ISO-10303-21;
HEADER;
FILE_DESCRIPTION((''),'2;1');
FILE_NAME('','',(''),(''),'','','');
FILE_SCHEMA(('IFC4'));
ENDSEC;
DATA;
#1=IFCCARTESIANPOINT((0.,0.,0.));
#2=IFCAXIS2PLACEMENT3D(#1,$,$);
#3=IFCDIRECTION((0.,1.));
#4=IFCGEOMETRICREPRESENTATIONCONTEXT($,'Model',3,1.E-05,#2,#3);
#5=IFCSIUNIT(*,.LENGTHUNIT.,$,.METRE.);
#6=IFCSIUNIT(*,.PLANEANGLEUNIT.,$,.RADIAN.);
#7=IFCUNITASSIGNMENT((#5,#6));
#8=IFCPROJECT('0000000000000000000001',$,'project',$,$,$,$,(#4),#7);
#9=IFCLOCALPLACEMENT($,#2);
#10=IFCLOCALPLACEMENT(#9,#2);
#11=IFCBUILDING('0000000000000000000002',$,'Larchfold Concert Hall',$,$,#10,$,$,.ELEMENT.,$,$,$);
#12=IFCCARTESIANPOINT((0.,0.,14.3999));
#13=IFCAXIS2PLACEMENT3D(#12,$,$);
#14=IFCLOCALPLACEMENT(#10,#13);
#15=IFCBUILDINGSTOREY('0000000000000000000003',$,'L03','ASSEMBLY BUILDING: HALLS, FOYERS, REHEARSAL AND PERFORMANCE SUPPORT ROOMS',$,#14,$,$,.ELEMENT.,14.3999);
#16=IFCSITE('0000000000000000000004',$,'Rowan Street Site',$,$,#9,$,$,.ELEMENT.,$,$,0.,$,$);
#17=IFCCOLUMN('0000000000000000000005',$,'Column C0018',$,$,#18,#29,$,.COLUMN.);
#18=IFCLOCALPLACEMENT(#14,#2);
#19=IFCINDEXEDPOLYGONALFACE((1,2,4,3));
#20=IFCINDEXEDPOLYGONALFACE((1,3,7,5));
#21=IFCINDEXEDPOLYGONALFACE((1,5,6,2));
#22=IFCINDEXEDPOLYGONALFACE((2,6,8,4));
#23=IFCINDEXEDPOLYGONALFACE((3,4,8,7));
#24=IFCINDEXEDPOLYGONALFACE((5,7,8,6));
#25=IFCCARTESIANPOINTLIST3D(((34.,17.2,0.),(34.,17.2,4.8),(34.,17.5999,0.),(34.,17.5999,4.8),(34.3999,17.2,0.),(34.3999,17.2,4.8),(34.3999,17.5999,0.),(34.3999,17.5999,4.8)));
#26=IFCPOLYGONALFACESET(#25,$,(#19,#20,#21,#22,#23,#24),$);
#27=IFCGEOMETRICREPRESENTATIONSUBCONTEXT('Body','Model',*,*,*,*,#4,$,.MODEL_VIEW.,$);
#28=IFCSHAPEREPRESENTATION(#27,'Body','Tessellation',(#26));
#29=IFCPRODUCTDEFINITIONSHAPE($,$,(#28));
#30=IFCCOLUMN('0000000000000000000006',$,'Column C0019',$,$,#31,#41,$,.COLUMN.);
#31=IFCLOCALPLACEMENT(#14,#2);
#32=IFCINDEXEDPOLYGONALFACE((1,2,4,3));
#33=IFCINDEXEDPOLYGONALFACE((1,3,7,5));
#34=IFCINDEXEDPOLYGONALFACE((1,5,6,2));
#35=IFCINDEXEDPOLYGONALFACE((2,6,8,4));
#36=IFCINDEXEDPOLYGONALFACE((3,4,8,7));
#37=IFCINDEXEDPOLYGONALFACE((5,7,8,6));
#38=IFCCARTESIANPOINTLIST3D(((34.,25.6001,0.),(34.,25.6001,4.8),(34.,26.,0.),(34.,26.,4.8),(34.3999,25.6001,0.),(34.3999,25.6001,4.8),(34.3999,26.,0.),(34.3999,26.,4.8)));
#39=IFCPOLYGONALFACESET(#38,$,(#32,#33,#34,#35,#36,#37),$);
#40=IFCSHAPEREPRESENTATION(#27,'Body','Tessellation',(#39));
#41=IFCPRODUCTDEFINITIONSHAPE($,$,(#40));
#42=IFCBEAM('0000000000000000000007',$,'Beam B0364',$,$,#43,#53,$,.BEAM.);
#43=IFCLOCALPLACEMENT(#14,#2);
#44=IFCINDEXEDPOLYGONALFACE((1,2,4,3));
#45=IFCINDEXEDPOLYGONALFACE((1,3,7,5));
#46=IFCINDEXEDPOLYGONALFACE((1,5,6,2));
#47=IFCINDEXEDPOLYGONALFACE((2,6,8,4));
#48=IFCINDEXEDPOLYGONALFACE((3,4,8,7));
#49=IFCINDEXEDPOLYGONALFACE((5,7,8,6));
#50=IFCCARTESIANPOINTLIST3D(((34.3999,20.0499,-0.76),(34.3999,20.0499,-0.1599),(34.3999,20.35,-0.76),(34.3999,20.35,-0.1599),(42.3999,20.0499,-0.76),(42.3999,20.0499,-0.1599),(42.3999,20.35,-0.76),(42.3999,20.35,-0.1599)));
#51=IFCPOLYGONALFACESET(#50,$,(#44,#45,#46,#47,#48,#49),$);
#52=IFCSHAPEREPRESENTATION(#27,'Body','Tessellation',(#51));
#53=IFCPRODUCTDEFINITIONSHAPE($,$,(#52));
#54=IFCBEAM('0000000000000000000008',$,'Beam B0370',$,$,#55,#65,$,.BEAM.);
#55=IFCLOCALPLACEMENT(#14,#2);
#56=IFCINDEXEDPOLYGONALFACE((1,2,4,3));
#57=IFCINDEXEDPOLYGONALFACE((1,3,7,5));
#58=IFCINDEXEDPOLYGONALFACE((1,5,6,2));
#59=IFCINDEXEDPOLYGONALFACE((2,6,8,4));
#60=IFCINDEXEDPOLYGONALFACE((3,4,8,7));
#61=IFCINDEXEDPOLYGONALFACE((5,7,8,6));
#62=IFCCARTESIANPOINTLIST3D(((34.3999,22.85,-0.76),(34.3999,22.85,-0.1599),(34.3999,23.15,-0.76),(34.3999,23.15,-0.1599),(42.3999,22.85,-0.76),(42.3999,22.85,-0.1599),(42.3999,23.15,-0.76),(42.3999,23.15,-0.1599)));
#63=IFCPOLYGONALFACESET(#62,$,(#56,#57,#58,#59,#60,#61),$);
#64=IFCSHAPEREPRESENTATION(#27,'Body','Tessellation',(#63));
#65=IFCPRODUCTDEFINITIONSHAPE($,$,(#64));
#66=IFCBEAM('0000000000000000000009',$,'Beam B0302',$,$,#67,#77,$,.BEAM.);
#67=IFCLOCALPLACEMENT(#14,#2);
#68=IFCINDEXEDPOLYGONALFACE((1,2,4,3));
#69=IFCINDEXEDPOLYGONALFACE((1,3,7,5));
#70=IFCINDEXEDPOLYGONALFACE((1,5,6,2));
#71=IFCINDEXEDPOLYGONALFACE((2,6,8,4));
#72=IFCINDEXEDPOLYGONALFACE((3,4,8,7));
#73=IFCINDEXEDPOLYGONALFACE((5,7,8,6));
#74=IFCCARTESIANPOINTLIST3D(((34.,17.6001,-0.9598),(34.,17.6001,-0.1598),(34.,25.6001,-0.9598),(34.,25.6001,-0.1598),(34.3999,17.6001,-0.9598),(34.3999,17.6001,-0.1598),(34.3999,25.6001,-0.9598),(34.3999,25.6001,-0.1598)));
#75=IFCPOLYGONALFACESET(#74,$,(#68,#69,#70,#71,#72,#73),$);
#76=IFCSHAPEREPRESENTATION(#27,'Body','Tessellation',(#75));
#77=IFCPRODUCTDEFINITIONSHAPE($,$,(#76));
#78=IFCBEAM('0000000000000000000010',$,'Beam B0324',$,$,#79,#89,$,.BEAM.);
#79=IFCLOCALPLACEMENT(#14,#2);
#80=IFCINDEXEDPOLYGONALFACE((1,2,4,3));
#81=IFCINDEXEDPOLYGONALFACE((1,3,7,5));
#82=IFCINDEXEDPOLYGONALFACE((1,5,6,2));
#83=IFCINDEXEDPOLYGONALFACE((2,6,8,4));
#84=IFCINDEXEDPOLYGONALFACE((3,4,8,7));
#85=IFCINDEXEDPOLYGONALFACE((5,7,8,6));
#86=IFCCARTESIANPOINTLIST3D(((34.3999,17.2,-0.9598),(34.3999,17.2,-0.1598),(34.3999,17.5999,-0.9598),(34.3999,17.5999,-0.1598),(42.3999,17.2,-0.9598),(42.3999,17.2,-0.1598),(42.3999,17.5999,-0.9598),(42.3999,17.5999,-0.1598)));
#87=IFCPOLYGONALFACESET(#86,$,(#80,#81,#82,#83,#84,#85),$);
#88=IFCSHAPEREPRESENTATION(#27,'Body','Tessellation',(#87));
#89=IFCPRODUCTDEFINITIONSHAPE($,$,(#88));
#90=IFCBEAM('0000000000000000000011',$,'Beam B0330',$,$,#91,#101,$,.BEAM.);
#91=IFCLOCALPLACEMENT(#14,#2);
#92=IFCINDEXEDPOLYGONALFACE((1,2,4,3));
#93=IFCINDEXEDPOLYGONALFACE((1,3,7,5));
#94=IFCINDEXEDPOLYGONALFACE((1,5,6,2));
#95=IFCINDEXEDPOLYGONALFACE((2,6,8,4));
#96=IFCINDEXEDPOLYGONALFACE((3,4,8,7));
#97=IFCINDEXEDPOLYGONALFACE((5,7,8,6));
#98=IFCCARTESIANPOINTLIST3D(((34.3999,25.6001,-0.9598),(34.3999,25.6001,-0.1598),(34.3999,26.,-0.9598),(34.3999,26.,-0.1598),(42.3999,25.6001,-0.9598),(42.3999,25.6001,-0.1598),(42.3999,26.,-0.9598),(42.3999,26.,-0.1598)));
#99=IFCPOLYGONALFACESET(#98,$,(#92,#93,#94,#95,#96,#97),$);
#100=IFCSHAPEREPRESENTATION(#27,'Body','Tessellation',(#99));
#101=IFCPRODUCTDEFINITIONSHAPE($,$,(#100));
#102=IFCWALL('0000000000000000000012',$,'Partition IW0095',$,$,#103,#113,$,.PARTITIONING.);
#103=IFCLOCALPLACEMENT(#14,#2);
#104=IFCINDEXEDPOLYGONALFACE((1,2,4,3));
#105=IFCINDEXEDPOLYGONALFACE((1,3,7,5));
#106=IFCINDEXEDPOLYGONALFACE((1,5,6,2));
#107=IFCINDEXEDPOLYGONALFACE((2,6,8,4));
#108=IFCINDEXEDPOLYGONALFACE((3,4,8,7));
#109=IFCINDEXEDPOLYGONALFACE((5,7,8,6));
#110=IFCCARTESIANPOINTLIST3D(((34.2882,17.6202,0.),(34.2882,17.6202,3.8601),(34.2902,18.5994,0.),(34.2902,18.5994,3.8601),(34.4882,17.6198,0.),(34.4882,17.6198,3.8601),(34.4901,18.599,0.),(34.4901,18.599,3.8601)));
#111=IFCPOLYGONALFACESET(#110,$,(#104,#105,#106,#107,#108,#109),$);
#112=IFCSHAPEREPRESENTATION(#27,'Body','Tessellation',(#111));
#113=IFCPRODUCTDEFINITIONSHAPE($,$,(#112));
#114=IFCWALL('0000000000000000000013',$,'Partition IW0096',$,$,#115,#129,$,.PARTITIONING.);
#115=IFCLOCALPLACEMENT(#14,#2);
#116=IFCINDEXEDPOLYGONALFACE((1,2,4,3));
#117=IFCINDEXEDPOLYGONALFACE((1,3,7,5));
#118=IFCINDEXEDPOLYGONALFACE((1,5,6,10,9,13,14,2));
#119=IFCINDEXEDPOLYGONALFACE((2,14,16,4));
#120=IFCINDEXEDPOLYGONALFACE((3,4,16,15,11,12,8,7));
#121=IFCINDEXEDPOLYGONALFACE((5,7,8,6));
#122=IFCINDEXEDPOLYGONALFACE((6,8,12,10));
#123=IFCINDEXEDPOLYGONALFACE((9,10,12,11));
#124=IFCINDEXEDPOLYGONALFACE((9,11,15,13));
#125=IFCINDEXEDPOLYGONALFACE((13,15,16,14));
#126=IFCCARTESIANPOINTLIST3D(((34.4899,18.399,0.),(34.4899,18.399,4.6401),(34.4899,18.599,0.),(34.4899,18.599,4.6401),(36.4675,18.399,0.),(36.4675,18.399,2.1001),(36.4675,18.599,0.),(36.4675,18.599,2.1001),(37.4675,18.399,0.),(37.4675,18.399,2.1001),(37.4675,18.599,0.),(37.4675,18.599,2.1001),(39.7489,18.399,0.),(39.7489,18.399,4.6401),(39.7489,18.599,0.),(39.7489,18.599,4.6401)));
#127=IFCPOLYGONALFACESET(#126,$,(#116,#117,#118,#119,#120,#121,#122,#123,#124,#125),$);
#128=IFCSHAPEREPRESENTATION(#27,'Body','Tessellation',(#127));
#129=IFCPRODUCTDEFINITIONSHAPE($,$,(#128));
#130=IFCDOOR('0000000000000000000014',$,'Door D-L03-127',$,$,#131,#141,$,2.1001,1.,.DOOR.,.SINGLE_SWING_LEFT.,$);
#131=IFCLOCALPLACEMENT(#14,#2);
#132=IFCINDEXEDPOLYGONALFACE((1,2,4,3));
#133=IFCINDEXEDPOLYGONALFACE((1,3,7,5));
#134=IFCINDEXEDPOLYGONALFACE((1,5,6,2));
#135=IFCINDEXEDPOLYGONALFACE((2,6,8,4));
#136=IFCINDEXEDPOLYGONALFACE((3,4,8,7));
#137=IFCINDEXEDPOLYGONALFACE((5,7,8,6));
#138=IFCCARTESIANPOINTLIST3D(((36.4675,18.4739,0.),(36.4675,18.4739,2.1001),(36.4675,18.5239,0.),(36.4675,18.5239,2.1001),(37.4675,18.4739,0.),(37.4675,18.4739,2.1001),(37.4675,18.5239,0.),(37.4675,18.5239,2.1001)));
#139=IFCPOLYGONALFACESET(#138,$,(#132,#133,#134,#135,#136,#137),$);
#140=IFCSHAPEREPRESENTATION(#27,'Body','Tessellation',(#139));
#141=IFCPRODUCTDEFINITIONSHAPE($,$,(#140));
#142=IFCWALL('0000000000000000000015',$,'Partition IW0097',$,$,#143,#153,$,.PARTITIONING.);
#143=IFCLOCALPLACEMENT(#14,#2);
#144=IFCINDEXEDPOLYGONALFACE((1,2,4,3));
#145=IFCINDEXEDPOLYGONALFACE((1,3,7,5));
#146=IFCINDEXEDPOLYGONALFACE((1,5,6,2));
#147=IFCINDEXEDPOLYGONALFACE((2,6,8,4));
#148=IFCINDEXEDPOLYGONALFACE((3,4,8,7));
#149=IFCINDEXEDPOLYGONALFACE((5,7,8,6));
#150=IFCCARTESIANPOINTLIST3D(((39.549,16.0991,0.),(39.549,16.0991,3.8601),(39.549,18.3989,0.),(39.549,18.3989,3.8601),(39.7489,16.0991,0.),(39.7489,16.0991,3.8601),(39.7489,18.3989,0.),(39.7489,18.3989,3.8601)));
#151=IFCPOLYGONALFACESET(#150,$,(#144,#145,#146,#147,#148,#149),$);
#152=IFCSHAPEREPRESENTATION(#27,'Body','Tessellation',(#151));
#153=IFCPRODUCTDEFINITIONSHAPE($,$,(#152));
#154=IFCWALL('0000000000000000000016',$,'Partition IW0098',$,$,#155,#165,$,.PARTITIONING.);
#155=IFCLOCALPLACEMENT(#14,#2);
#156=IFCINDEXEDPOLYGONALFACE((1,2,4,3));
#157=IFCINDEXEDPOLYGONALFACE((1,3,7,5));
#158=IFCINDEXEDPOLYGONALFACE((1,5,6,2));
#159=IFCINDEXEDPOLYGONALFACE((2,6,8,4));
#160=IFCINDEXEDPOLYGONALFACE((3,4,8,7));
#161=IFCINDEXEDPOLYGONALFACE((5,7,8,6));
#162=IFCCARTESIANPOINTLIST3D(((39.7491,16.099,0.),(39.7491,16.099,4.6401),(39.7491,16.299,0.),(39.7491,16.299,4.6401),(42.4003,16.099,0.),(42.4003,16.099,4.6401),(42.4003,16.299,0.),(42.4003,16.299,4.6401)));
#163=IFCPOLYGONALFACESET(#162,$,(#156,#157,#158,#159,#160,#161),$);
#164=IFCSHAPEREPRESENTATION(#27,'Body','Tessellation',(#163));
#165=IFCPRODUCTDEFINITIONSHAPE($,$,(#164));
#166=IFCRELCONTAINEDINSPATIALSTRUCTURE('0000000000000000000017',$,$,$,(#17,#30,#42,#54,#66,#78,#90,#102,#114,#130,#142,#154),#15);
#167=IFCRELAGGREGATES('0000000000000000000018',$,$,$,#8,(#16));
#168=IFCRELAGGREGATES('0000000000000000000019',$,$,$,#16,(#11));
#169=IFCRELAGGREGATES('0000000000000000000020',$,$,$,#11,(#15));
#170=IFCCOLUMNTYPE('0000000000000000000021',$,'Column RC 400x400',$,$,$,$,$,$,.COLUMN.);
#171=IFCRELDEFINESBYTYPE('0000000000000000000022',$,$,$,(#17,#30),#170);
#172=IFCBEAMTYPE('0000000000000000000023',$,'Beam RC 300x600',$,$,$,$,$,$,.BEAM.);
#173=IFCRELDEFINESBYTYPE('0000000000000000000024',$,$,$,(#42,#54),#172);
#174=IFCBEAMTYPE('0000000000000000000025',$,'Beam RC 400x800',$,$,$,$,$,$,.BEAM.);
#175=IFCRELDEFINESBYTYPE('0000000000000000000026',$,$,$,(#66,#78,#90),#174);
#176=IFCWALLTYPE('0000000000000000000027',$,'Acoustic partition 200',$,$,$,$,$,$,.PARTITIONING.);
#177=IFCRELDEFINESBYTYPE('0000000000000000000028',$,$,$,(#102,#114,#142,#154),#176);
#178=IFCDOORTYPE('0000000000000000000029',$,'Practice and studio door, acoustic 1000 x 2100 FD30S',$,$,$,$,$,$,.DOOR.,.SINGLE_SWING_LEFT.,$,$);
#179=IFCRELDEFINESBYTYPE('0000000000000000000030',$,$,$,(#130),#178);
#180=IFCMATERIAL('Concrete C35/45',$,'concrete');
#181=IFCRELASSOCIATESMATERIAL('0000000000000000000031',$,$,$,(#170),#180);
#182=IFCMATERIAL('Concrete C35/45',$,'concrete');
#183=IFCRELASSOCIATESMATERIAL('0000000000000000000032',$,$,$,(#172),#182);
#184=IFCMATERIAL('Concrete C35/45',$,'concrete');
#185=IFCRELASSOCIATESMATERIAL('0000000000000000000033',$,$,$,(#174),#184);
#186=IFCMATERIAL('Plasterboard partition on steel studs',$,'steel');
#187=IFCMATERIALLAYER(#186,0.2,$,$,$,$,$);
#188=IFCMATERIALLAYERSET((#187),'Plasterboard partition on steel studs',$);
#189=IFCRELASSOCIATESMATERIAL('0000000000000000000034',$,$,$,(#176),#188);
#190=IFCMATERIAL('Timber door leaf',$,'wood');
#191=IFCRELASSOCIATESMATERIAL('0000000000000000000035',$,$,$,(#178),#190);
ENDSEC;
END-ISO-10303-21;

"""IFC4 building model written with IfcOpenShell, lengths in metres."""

from ifc_helpers import new_model, si_unit, direction, frame, frame_2d, origin, origin_2d, place, context, subcontext, project, spatial, rectangle, extrude, material, layer, layer_set, material_profile, profile_set, type_object, element, fill, save


model = new_model("IFC4")

# Units and contexts
model_context = context("Model", 3, precision=1e-05, world=origin(), true_north=direction((0.0, 1.0)))
body_context = subcontext(model_context, "Body", "Model", "MODEL_VIEW")
ifc_project = project(units=[si_unit("LENGTHUNIT", "METRE"), si_unit("PLANEANGLEUNIT", "RADIAN")], contexts=[model_context])

# Site, building, storey
site_placement = place(None, origin())
site = spatial("IfcSite", under=ifc_project, at=site_placement, Name="Rowan Street Site", CompositionType="ELEMENT", RefElevation=0.0)
building_placement = place(site_placement, origin())
building = spatial("IfcBuilding", under=site, at=building_placement, Name="Larchfold Concert Hall", CompositionType="ELEMENT")
storey_placement = place(building_placement, frame((0.0, 0.0, 14.3999)))
storey = spatial("IfcBuildingStorey", under=building, at=storey_placement, Name="L03", Description="ASSEMBLY BUILDING: HALLS, FOYERS, REHEARSAL AND PERFORMANCE SUPPORT ROOMS", CompositionType="ELEMENT", Elevation=14.3999)

# Columns
ifc_material_1 = material(Name="Concrete C35/45", Category="concrete")
ifc_material_profile_1 = material_profile(ifc_material_1, rectangle(XDim=0.3999, YDim=0.3999, at=origin_2d()))
ifc_profile_set_1 = profile_set([ifc_material_profile_1], Name="Concrete C35/45")
column_type = type_object("IfcColumnType", Name="Column RC 400x400", PredefinedType="COLUMN", material=ifc_profile_set_1)
for number, where, z_axis, x_axis, name in (
    (1, (34.2, 17.3999, 0.0), (0.0, 0.0, 1.0), (1.0, 0.0, 0.0), "Column C0018"),
    (2, (34.2, 25.8, 0.0), (0.0, 0.0, 1.0), (1.0, 0.0, 0.0), "Column C0019"),
):
    element("IfcColumn", number, at=place(storey_placement, frame(where, z_axis=z_axis, x_axis=x_axis)), inside=storey, type_object=column_type, Name=name, PredefinedType="COLUMN", context=body_context, shape_type="SweptSolid", body=[
        extrude(rectangle(XDim=0.3999, YDim=0.3999, at=origin_2d()), origin(), (0.0, 0.0, 1.0), 4.8),
    ])

# Beams
ifc_material_2 = material(Name="Concrete C35/45", Category="concrete")
ifc_material_profile_2 = material_profile(ifc_material_2, rectangle(XDim=0.3, YDim=0.6001, at=origin_2d()))
ifc_profile_set_2 = profile_set([ifc_material_profile_2], Name="Concrete C35/45")
beam_type_1 = type_object("IfcBeamType", Name="Beam RC 300x600", PredefinedType="BEAM", material=ifc_profile_set_2)
for number, where, z_axis, x_axis, name in (
    (3, (34.3999, 20.2, -0.46), (1.0, 0.0, 0.0), (0.0, 1.0, 0.0), "Beam B0364"),
    (4, (34.3999, 23.0, -0.46), (1.0, 0.0, 0.0), (0.0, 1.0, 0.0), "Beam B0370"),
):
    element("IfcBeam", number, at=place(storey_placement, frame(where, z_axis=z_axis, x_axis=x_axis)), inside=storey, type_object=beam_type_1, Name=name, PredefinedType="BEAM", context=body_context, shape_type="SweptSolid", body=[
        extrude(rectangle(XDim=0.3, YDim=0.6001, at=origin_2d()), origin(), (0.0, 0.0, 1.0), 8.0),
    ])
ifc_material_3 = material(Name="Concrete C35/45", Category="concrete")
ifc_material_profile_3 = material_profile(ifc_material_3, rectangle(XDim=0.3999, YDim=0.8, at=origin_2d()))
ifc_profile_set_3 = profile_set([ifc_material_profile_3], Name="Concrete C35/45")
beam_type_2 = type_object("IfcBeamType", Name="Beam RC 400x800", PredefinedType="BEAM", material=ifc_profile_set_3)
for number, where, z_axis, x_axis, name in (
    (5, (34.2, 17.6001, -0.5598), (0.0, 1.0, 0.0), (-1.0, 0.0, 0.0), "Beam B0302"),
    (6, (34.3999, 17.3999, -0.5598), (1.0, 0.0, 0.0), (0.0, 1.0, 0.0), "Beam B0324"),
    (7, (34.3999, 25.8, -0.5598), (1.0, 0.0, 0.0), (0.0, 1.0, 0.0), "Beam B0330"),
):
    element("IfcBeam", number, at=place(storey_placement, frame(where, z_axis=z_axis, x_axis=x_axis)), inside=storey, type_object=beam_type_2, Name=name, PredefinedType="BEAM", context=body_context, shape_type="SweptSolid", body=[
        extrude(rectangle(XDim=0.3999, YDim=0.8, at=origin_2d()), origin(), (0.0, 0.0, 1.0), 8.0),
    ])

# Wall
ifc_material_4 = material(Name="Plasterboard partition on steel studs", Category="steel")
ifc_layer_1 = layer(ifc_material_4, 0.2)
ifc_layer_set_1 = layer_set([ifc_layer_1], Name="Plasterboard partition on steel studs")
wall_type_1 = type_object("IfcWallType", Name="Acoustic partition 200", PredefinedType="PARTITIONING", material=ifc_layer_set_1)
wall_1_placement = place(storey_placement, frame((34.3882, 17.6199, 0.0), z_axis=(0.0, 0.0, 1.0), x_axis=(0.001995, 0.999998, 0.0)))
element("IfcWall", 8, at=wall_1_placement, inside=storey, type_object=wall_type_1, Name="Partition IW0095", PredefinedType="PARTITIONING", context=body_context, shape_type="SweptSolid", body=[
    extrude(rectangle(XDim=0.9792, YDim=0.2, at=frame_2d((0.4897, 0.0))), origin(), (0.0, 0.0, 1.0), 3.8601),
])

# Wall, opening, door
wall_2_placement = place(storey_placement, frame((34.49, 18.499, 0.0), z_axis=(0.0, 0.0, 1.0), x_axis=(1.0, 0.0, 0.0)))
wall_2 = element("IfcWall", 9, at=wall_2_placement, inside=storey, type_object=wall_type_1, Name="Partition IW0096", PredefinedType="PARTITIONING", context=body_context, shape_type="SweptSolid", body=[
    extrude(rectangle(XDim=5.259, YDim=0.2, at=frame_2d((2.6294, 0.0))), origin(), (0.0, 0.0, 1.0), 4.6401),
])
opening_1_placement = place(wall_2_placement, frame((1.9775, 0.0, 0.0)))
opening_1 = element("IfcOpeningElement", 10, at=opening_1_placement, cuts=wall_2, PredefinedType="OPENING", context=body_context, shape_type="SweptSolid", body=[
    extrude(rectangle(XDim=1.0, YDim=2.1001, at=frame_2d((0.5, 1.05))), frame((0.0, 0.1099, 0.0), z_axis=(0.0, -1.0, 0.0), x_axis=(1.0, 0.0, 0.0)), (0.0, 0.0, 1.0), 0.22),
])
ifc_material_5 = material(Name="Timber door leaf", Category="wood")
door_type = type_object("IfcDoorType", Name="Practice and studio door, acoustic 1000 x 2100 FD30S", OperationType="SINGLE_SWING_LEFT", PredefinedType="DOOR", material=ifc_material_5)
door_placement = place(opening_1_placement, origin())
door = element("IfcDoor", 11, at=door_placement, inside=storey, type_object=door_type, Name="Door D-L03-127", OperationType="SINGLE_SWING_LEFT", OverallHeight=2.1001, OverallWidth=1.0, PredefinedType="DOOR", context=body_context, shape_type="SweptSolid", body=[
    extrude(rectangle(XDim=1.0, YDim=2.1001, at=frame_2d((0.5, 1.05))), frame((0.0, 0.0249, 0.0), z_axis=(0.0, -1.0, 0.0), x_axis=(1.0, 0.0, 0.0)), (0.0, 0.0, 1.0), 0.05),
])
fill(opening_1, door)

# Walls
wall_3_placement = place(storey_placement, frame((39.6489, 18.3989, 0.0), z_axis=(0.0, 0.0, 1.0), x_axis=(0.0, -1.0, 0.0)))
element("IfcWall", 12, at=wall_3_placement, inside=storey, type_object=wall_type_1, Name="Partition IW0097", PredefinedType="PARTITIONING", context=body_context, shape_type="SweptSolid", body=[
    extrude(rectangle(XDim=2.2998, YDim=0.2, at=frame_2d((1.1499, 0.0))), origin(), (0.0, 0.0, 1.0), 3.8601),
])
wall_4_placement = place(storey_placement, frame((39.749, 16.199, 0.0), z_axis=(0.0, 0.0, 1.0), x_axis=(1.0, 0.0, 0.0)))
element("IfcWall", 13, at=wall_4_placement, inside=storey, type_object=wall_type_1, Name="Partition IW0098", PredefinedType="PARTITIONING", context=body_context, shape_type="SweptSolid", body=[
    extrude(rectangle(XDim=2.6511, YDim=0.2, at=frame_2d((1.3257, 0.0))), origin(), (0.0, 0.0, 1.0), 4.6401),
])

save(model, "model.ifc")
